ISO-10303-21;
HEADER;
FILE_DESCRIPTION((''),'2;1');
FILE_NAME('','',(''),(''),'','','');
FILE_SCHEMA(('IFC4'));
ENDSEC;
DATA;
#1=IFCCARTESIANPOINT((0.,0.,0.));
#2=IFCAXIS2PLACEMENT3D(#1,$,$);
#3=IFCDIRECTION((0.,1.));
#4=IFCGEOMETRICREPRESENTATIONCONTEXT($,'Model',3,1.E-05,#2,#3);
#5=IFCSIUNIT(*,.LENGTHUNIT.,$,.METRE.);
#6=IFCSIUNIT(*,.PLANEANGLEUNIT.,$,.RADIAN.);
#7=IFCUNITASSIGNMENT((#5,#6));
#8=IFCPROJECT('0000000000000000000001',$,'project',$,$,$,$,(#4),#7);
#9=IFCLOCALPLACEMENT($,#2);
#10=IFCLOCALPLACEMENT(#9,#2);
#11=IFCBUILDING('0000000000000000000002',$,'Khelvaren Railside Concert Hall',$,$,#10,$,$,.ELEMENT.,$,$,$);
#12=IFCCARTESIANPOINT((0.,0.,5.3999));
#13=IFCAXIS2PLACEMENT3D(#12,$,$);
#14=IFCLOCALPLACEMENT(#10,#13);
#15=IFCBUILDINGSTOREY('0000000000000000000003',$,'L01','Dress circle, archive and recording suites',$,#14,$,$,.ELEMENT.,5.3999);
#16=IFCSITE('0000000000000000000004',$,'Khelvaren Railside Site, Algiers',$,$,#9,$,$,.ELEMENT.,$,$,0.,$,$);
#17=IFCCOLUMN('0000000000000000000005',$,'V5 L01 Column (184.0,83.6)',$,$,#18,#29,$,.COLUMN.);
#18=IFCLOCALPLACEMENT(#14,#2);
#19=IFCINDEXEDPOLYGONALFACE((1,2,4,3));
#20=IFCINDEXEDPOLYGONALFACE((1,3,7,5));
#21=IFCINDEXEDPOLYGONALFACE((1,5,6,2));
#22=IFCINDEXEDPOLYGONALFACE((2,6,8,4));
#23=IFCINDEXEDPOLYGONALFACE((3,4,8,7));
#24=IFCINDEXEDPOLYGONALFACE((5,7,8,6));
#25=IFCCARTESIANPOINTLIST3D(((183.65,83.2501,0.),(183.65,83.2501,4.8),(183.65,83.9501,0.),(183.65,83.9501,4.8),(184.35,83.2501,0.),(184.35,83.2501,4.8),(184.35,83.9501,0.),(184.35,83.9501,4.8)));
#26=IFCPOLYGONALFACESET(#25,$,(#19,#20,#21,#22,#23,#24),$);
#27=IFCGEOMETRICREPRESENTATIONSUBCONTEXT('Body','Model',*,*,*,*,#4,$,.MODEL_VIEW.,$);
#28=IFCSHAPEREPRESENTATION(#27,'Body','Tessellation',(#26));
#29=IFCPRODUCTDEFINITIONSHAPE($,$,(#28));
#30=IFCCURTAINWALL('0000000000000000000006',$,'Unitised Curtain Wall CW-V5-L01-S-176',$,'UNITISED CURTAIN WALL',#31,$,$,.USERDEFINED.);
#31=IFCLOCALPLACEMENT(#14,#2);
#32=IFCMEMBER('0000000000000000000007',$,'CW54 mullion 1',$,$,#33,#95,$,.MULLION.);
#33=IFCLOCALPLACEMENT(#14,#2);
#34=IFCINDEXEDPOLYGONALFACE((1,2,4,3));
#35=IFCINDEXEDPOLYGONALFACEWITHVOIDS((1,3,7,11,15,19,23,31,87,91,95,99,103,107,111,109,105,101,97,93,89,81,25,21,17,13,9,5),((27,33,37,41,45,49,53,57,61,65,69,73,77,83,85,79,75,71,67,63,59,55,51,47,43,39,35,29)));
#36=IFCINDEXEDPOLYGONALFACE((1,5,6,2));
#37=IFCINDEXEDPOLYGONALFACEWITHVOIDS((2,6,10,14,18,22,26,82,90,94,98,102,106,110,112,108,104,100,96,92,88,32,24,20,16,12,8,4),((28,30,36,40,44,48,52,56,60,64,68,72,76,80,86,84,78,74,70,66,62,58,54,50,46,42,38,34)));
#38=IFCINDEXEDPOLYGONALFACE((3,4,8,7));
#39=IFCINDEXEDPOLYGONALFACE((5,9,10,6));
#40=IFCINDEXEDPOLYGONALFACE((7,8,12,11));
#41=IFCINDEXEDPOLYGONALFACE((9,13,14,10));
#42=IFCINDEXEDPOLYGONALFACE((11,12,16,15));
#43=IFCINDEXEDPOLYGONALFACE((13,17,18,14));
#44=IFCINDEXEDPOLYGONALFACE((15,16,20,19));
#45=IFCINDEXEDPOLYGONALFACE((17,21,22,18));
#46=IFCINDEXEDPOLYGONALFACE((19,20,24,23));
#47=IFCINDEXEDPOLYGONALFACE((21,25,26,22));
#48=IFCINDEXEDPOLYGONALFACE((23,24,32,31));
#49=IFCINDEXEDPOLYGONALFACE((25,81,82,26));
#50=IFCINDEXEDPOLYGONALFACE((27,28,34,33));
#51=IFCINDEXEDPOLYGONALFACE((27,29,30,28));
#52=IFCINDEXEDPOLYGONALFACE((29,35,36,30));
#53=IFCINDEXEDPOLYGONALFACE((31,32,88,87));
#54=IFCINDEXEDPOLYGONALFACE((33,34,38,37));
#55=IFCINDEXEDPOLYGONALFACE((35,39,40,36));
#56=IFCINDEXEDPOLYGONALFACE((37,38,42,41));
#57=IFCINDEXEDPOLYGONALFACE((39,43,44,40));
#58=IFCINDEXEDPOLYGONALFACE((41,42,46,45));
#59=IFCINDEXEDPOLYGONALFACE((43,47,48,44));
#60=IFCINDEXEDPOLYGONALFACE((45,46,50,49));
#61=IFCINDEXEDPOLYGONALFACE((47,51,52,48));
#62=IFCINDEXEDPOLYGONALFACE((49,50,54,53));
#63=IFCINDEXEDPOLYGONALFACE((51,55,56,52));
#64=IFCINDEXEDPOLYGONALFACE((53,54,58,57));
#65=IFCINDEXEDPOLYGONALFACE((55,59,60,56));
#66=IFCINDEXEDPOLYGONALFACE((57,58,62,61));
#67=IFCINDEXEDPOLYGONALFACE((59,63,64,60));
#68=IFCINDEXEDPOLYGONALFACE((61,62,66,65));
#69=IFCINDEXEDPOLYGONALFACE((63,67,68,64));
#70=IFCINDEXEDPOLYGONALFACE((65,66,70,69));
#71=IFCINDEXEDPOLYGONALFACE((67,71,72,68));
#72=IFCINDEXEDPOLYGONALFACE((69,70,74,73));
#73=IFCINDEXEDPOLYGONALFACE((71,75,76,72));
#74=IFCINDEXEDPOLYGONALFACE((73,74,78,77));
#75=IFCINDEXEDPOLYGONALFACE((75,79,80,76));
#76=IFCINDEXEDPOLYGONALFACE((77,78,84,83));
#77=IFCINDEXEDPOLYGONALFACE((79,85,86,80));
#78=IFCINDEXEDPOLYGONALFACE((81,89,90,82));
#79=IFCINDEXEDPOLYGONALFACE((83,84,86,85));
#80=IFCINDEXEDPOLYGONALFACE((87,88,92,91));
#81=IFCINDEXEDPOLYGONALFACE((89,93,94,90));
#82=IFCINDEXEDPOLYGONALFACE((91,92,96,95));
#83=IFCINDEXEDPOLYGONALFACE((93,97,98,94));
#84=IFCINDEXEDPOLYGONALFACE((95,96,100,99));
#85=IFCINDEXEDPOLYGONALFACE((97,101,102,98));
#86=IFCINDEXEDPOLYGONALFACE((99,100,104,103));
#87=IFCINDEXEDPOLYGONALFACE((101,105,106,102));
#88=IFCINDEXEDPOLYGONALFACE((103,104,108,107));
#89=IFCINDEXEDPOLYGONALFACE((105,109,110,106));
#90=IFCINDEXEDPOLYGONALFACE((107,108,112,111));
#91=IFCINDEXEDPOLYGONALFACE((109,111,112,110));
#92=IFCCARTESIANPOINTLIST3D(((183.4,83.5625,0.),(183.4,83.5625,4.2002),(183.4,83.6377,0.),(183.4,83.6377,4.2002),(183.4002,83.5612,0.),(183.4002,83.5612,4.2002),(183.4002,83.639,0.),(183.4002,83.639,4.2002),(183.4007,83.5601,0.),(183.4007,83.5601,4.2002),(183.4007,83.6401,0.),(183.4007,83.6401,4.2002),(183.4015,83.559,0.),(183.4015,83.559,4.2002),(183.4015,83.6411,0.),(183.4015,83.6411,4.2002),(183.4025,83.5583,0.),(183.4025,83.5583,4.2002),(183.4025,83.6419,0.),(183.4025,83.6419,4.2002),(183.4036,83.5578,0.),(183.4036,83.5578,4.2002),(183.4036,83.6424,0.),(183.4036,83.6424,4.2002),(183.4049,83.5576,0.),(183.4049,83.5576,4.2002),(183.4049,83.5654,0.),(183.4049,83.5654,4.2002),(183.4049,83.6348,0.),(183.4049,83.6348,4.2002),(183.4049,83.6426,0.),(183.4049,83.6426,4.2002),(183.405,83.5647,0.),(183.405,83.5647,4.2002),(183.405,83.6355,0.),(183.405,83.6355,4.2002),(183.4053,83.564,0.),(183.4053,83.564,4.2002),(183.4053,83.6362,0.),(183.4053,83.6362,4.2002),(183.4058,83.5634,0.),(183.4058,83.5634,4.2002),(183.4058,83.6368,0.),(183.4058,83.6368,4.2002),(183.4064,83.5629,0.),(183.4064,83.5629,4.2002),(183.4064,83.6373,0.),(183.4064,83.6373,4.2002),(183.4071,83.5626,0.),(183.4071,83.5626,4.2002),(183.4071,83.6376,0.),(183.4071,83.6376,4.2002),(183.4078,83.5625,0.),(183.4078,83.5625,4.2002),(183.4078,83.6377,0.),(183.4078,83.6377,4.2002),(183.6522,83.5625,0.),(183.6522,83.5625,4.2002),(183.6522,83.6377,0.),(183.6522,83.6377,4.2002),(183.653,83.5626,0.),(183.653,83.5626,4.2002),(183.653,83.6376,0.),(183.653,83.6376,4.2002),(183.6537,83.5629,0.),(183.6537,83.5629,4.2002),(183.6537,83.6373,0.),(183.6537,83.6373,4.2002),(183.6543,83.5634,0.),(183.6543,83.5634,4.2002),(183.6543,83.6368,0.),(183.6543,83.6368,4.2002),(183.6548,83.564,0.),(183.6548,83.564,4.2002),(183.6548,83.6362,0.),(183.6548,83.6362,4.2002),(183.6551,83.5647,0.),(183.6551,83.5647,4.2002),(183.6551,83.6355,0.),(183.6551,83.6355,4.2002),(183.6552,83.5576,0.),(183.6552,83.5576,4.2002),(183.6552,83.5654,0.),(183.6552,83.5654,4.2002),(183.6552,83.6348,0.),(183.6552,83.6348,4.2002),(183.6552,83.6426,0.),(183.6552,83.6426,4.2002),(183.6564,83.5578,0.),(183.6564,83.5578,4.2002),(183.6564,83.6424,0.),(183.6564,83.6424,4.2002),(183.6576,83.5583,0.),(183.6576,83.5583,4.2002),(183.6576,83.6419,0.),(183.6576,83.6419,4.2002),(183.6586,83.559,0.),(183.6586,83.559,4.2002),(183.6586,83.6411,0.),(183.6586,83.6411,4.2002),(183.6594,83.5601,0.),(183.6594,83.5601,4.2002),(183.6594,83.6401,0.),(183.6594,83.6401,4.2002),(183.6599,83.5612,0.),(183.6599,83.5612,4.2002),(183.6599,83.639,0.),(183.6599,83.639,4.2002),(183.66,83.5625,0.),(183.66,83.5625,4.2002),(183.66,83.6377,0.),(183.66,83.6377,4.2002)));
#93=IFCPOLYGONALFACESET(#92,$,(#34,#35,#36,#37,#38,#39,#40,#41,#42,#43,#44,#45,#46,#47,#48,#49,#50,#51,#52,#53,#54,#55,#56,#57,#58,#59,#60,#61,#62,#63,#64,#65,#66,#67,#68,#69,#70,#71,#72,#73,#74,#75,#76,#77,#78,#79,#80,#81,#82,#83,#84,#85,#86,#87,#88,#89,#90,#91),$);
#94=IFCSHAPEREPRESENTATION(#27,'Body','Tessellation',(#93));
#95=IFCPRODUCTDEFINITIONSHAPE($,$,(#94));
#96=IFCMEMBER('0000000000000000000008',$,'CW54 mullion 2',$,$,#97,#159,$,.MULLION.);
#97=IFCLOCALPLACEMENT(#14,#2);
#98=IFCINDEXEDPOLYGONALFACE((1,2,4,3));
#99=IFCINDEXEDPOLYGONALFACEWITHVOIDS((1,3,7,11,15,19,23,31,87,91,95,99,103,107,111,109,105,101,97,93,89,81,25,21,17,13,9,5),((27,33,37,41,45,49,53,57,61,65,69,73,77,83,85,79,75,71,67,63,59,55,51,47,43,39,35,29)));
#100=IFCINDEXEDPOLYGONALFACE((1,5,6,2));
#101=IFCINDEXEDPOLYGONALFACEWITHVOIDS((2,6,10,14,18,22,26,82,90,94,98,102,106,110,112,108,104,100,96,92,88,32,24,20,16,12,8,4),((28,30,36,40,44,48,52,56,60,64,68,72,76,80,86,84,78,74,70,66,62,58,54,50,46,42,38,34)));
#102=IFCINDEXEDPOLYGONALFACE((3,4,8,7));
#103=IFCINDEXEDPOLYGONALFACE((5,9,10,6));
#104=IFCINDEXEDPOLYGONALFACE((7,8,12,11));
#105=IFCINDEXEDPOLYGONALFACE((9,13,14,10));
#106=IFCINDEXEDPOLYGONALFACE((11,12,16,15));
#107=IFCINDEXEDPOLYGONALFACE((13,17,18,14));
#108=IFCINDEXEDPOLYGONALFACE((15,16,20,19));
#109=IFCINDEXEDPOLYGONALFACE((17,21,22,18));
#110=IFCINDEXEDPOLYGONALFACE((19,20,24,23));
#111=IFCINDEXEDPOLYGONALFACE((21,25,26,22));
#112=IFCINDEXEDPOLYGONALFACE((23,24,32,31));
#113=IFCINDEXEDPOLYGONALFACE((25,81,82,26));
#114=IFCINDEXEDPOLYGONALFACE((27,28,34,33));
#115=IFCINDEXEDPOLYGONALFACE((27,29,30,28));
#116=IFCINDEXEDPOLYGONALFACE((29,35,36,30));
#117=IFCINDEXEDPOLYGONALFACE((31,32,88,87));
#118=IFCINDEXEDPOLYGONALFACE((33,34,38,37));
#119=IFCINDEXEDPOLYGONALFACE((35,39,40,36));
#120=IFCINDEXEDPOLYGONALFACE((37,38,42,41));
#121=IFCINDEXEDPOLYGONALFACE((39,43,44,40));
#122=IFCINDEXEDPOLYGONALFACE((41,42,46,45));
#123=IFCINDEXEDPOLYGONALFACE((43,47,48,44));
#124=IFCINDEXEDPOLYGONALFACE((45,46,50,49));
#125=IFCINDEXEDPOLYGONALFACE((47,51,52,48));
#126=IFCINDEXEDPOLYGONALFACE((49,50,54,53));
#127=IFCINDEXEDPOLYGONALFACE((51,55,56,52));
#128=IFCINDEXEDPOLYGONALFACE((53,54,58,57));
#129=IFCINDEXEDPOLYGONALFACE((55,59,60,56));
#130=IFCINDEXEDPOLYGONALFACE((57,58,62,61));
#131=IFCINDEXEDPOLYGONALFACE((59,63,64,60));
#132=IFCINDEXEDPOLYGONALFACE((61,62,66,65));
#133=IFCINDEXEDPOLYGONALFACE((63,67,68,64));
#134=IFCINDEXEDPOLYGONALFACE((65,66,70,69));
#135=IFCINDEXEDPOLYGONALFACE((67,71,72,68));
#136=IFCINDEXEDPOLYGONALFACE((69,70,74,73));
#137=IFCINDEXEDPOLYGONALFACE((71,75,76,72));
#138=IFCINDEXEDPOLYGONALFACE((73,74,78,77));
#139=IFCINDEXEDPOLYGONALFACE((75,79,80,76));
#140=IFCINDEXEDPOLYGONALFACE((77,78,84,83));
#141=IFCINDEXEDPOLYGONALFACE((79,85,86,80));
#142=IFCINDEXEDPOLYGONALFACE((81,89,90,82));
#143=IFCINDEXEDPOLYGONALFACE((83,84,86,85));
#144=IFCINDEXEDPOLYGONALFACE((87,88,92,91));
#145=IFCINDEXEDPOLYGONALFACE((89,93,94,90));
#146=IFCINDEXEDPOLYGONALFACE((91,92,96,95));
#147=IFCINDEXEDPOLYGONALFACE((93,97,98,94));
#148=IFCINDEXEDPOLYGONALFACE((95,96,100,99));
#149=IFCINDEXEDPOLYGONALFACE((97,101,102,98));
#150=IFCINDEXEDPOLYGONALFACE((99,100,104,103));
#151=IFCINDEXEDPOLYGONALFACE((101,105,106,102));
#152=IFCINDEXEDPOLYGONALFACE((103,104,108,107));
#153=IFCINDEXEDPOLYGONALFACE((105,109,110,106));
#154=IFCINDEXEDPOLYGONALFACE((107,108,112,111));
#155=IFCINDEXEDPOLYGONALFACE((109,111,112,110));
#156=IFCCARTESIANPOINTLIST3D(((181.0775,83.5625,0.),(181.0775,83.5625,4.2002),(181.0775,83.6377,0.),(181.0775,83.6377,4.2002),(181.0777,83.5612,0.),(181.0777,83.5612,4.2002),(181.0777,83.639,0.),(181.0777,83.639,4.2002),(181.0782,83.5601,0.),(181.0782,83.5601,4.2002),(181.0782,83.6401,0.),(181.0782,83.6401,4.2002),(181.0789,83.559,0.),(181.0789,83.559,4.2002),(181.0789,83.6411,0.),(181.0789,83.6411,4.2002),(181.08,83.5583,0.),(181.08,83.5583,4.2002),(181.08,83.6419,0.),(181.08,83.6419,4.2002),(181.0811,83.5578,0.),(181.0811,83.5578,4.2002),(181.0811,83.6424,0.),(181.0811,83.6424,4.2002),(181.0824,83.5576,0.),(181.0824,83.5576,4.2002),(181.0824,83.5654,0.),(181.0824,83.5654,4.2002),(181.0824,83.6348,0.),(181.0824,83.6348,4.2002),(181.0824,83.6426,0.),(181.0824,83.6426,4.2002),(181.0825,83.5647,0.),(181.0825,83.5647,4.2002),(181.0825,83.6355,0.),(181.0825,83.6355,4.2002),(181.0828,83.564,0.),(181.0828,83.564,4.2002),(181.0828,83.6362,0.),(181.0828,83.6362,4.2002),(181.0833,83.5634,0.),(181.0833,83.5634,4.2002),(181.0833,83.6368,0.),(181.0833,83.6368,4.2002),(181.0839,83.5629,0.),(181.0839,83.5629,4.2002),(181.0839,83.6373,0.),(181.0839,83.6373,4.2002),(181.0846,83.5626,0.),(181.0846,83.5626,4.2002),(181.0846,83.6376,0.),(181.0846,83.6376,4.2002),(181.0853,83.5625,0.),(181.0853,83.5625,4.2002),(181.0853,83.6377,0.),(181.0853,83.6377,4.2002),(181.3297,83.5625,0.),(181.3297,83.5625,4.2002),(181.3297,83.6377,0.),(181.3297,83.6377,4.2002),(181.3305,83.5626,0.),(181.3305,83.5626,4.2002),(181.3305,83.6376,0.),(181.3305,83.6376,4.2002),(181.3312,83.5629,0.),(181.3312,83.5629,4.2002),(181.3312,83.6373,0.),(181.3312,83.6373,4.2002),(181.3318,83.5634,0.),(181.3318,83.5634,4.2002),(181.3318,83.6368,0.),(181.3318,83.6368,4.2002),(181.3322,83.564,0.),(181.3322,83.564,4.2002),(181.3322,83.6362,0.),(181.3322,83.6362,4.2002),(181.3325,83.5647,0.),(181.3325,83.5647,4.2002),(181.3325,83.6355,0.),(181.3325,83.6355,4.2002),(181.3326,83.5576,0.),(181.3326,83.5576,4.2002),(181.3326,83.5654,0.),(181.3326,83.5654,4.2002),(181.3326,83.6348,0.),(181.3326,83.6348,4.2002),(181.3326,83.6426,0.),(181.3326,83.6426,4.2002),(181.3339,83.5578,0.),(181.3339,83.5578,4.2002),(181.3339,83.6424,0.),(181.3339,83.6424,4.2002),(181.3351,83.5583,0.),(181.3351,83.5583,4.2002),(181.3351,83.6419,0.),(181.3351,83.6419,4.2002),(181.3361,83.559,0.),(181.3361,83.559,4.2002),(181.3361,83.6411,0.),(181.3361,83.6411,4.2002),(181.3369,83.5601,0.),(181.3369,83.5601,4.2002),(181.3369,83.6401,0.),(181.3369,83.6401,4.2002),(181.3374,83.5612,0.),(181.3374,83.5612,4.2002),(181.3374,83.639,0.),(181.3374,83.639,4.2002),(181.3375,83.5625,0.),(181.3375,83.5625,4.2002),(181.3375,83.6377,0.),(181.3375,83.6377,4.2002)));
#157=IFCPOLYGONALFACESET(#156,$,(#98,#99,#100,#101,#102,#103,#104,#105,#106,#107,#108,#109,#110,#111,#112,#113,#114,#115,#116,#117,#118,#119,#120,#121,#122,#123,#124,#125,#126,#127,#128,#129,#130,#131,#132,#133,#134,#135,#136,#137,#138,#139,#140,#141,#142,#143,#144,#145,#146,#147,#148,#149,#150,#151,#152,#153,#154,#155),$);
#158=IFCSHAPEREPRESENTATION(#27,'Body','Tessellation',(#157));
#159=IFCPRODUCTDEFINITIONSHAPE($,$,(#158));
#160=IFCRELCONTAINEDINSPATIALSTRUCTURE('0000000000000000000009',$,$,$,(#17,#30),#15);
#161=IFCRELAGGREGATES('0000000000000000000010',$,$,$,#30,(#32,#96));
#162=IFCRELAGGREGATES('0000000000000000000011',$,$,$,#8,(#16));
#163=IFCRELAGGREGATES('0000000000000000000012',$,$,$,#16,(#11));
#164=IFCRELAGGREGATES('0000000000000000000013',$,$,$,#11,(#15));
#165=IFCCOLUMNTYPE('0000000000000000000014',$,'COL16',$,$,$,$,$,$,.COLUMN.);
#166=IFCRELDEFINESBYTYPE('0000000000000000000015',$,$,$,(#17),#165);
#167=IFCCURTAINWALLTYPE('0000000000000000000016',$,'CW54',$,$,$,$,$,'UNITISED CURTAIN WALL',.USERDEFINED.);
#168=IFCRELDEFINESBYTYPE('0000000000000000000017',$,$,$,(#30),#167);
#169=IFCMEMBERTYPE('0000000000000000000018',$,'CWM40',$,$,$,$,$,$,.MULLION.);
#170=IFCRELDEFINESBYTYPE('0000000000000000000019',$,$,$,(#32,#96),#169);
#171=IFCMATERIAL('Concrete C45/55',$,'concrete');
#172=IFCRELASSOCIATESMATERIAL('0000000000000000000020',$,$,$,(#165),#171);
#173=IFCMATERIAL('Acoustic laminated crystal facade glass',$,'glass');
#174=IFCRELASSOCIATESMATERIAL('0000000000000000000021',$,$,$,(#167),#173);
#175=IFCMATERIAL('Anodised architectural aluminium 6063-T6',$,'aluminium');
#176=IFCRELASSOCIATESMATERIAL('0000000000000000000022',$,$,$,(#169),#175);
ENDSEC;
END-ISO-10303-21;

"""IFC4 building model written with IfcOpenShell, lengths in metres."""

from ifc_helpers import new_model, si_unit, direction, frame, origin, origin_2d, place, context, subcontext, project, spatial, rectangle, hollow_rectangle, extrude, material, material_profile, profile_set, type_object, element, aggregate, save


model = new_model("IFC4")

# Units and contexts
model_context = context("Model", 3, precision=1e-05, world=origin(), true_north=direction((0.0, 1.0)))
body_context = subcontext(model_context, "Body", "Model", "MODEL_VIEW")
ifc_project = project(units=[si_unit("LENGTHUNIT", "METRE"), si_unit("PLANEANGLEUNIT", "RADIAN")], contexts=[model_context])

# Site, building, storey
site_placement = place(None, origin())
site = spatial("IfcSite", under=ifc_project, at=site_placement, Name="Khelvaren Railside Site, Algiers", CompositionType="ELEMENT", RefElevation=0.0)
building_placement = place(site_placement, origin())
building = spatial("IfcBuilding", under=site, at=building_placement, Name="Khelvaren Railside Concert Hall", CompositionType="ELEMENT")
storey_placement = place(building_placement, frame((0.0, 0.0, 5.3999)))
storey = spatial("IfcBuildingStorey", under=building, at=storey_placement, Name="L01", Description="Dress circle, archive and recording suites", CompositionType="ELEMENT", Elevation=5.3999)

# Column
ifc_material_1 = material(Name="Concrete C45/55", Category="concrete")
ifc_material_profile_1 = material_profile(ifc_material_1, rectangle(XDim=0.7, YDim=0.7, at=origin_2d()), Name="RC 700x700")
ifc_profile_set_1 = profile_set([ifc_material_profile_1], Name="Concrete C45/55")
column_type = type_object("IfcColumnType", Name="COL16", PredefinedType="COLUMN", material=ifc_profile_set_1)
column_placement = place(storey_placement, frame((184.0, 83.6001, 0.0), z_axis=(0.0, 0.0, 1.0), x_axis=(1.0, 0.0, 0.0)))
element("IfcColumn", 1, at=column_placement, inside=storey, type_object=column_type, Name="V5 L01 Column (184.0,83.6)", PredefinedType="COLUMN", context=body_context, shape_type="SweptSolid", body=[
    extrude(rectangle(XDim=0.7, YDim=0.7, at=origin_2d()), origin(), (0.0, 0.0, 1.0), 4.8),
])

# Curtain wall, members
ifc_material_2 = material(Name="Acoustic laminated crystal facade glass", Category="glass")
curtain_wall_type_1 = type_object("IfcCurtainWallType", Name="CW54", ElementType="UNITISED CURTAIN WALL", PredefinedType="USERDEFINED", material=ifc_material_2)
curtain_wall_1_placement = place(storey_placement, origin())
curtain_wall_1 = element("IfcCurtainWall", 2, at=curtain_wall_1_placement, inside=storey, type_object=curtain_wall_type_1, Name="Unitised Curtain Wall CW-V5-L01-S-176", ObjectType="UNITISED CURTAIN WALL", PredefinedType="USERDEFINED")
ifc_material_3 = material(Name="Anodised architectural aluminium 6063-T6", Category="aluminium")
ifc_material_profile_2 = material_profile(ifc_material_3, hollow_rectangle(XDim=0.085, YDim=0.26, WallThickness=0.0049, InnerFilletRadius=0.0029, OuterFilletRadius=0.0049, at=origin_2d()), Name="CWM 85x260x5")
ifc_profile_set_2 = profile_set([ifc_material_profile_2], Name="Anodised architectural aluminium 6063-T6")
member_type_1 = type_object("IfcMemberType", Name="CWM40", PredefinedType="MULLION", material=ifc_profile_set_2)
member_1_placement = place(storey_placement, frame((183.53, 83.6001, 0.0), z_axis=(0.0, 0.0, 1.0), x_axis=(0.0, -1.0, 0.0)))
member_1 = element("IfcMember", 3, at=member_1_placement, type_object=member_type_1, Name="CW54 mullion 1", PredefinedType="MULLION", context=body_context, shape_type="SweptSolid", body=[
    extrude(hollow_rectangle(XDim=0.085, YDim=0.26, WallThickness=0.0049, InnerFilletRadius=0.0029, OuterFilletRadius=0.0049, at=origin_2d()), origin(), (0.0, 0.0, 1.0), 4.2002),
])
member_2_placement = place(storey_placement, frame((181.2075, 83.6001, 0.0), z_axis=(0.0, 0.0, 1.0), x_axis=(0.0, -1.0, 0.0)))
member_2 = element("IfcMember", 4, at=member_2_placement, type_object=member_type_1, Name="CW54 mullion 2", PredefinedType="MULLION", context=body_context, shape_type="SweptSolid", body=[
    extrude(hollow_rectangle(XDim=0.085, YDim=0.26, WallThickness=0.0049, InnerFilletRadius=0.0029, OuterFilletRadius=0.0049, at=origin_2d()), origin(), (0.0, 0.0, 1.0), 4.2002),
])

aggregate(curtain_wall_1, [member_1, member_2])

save(model, "model.ifc")
